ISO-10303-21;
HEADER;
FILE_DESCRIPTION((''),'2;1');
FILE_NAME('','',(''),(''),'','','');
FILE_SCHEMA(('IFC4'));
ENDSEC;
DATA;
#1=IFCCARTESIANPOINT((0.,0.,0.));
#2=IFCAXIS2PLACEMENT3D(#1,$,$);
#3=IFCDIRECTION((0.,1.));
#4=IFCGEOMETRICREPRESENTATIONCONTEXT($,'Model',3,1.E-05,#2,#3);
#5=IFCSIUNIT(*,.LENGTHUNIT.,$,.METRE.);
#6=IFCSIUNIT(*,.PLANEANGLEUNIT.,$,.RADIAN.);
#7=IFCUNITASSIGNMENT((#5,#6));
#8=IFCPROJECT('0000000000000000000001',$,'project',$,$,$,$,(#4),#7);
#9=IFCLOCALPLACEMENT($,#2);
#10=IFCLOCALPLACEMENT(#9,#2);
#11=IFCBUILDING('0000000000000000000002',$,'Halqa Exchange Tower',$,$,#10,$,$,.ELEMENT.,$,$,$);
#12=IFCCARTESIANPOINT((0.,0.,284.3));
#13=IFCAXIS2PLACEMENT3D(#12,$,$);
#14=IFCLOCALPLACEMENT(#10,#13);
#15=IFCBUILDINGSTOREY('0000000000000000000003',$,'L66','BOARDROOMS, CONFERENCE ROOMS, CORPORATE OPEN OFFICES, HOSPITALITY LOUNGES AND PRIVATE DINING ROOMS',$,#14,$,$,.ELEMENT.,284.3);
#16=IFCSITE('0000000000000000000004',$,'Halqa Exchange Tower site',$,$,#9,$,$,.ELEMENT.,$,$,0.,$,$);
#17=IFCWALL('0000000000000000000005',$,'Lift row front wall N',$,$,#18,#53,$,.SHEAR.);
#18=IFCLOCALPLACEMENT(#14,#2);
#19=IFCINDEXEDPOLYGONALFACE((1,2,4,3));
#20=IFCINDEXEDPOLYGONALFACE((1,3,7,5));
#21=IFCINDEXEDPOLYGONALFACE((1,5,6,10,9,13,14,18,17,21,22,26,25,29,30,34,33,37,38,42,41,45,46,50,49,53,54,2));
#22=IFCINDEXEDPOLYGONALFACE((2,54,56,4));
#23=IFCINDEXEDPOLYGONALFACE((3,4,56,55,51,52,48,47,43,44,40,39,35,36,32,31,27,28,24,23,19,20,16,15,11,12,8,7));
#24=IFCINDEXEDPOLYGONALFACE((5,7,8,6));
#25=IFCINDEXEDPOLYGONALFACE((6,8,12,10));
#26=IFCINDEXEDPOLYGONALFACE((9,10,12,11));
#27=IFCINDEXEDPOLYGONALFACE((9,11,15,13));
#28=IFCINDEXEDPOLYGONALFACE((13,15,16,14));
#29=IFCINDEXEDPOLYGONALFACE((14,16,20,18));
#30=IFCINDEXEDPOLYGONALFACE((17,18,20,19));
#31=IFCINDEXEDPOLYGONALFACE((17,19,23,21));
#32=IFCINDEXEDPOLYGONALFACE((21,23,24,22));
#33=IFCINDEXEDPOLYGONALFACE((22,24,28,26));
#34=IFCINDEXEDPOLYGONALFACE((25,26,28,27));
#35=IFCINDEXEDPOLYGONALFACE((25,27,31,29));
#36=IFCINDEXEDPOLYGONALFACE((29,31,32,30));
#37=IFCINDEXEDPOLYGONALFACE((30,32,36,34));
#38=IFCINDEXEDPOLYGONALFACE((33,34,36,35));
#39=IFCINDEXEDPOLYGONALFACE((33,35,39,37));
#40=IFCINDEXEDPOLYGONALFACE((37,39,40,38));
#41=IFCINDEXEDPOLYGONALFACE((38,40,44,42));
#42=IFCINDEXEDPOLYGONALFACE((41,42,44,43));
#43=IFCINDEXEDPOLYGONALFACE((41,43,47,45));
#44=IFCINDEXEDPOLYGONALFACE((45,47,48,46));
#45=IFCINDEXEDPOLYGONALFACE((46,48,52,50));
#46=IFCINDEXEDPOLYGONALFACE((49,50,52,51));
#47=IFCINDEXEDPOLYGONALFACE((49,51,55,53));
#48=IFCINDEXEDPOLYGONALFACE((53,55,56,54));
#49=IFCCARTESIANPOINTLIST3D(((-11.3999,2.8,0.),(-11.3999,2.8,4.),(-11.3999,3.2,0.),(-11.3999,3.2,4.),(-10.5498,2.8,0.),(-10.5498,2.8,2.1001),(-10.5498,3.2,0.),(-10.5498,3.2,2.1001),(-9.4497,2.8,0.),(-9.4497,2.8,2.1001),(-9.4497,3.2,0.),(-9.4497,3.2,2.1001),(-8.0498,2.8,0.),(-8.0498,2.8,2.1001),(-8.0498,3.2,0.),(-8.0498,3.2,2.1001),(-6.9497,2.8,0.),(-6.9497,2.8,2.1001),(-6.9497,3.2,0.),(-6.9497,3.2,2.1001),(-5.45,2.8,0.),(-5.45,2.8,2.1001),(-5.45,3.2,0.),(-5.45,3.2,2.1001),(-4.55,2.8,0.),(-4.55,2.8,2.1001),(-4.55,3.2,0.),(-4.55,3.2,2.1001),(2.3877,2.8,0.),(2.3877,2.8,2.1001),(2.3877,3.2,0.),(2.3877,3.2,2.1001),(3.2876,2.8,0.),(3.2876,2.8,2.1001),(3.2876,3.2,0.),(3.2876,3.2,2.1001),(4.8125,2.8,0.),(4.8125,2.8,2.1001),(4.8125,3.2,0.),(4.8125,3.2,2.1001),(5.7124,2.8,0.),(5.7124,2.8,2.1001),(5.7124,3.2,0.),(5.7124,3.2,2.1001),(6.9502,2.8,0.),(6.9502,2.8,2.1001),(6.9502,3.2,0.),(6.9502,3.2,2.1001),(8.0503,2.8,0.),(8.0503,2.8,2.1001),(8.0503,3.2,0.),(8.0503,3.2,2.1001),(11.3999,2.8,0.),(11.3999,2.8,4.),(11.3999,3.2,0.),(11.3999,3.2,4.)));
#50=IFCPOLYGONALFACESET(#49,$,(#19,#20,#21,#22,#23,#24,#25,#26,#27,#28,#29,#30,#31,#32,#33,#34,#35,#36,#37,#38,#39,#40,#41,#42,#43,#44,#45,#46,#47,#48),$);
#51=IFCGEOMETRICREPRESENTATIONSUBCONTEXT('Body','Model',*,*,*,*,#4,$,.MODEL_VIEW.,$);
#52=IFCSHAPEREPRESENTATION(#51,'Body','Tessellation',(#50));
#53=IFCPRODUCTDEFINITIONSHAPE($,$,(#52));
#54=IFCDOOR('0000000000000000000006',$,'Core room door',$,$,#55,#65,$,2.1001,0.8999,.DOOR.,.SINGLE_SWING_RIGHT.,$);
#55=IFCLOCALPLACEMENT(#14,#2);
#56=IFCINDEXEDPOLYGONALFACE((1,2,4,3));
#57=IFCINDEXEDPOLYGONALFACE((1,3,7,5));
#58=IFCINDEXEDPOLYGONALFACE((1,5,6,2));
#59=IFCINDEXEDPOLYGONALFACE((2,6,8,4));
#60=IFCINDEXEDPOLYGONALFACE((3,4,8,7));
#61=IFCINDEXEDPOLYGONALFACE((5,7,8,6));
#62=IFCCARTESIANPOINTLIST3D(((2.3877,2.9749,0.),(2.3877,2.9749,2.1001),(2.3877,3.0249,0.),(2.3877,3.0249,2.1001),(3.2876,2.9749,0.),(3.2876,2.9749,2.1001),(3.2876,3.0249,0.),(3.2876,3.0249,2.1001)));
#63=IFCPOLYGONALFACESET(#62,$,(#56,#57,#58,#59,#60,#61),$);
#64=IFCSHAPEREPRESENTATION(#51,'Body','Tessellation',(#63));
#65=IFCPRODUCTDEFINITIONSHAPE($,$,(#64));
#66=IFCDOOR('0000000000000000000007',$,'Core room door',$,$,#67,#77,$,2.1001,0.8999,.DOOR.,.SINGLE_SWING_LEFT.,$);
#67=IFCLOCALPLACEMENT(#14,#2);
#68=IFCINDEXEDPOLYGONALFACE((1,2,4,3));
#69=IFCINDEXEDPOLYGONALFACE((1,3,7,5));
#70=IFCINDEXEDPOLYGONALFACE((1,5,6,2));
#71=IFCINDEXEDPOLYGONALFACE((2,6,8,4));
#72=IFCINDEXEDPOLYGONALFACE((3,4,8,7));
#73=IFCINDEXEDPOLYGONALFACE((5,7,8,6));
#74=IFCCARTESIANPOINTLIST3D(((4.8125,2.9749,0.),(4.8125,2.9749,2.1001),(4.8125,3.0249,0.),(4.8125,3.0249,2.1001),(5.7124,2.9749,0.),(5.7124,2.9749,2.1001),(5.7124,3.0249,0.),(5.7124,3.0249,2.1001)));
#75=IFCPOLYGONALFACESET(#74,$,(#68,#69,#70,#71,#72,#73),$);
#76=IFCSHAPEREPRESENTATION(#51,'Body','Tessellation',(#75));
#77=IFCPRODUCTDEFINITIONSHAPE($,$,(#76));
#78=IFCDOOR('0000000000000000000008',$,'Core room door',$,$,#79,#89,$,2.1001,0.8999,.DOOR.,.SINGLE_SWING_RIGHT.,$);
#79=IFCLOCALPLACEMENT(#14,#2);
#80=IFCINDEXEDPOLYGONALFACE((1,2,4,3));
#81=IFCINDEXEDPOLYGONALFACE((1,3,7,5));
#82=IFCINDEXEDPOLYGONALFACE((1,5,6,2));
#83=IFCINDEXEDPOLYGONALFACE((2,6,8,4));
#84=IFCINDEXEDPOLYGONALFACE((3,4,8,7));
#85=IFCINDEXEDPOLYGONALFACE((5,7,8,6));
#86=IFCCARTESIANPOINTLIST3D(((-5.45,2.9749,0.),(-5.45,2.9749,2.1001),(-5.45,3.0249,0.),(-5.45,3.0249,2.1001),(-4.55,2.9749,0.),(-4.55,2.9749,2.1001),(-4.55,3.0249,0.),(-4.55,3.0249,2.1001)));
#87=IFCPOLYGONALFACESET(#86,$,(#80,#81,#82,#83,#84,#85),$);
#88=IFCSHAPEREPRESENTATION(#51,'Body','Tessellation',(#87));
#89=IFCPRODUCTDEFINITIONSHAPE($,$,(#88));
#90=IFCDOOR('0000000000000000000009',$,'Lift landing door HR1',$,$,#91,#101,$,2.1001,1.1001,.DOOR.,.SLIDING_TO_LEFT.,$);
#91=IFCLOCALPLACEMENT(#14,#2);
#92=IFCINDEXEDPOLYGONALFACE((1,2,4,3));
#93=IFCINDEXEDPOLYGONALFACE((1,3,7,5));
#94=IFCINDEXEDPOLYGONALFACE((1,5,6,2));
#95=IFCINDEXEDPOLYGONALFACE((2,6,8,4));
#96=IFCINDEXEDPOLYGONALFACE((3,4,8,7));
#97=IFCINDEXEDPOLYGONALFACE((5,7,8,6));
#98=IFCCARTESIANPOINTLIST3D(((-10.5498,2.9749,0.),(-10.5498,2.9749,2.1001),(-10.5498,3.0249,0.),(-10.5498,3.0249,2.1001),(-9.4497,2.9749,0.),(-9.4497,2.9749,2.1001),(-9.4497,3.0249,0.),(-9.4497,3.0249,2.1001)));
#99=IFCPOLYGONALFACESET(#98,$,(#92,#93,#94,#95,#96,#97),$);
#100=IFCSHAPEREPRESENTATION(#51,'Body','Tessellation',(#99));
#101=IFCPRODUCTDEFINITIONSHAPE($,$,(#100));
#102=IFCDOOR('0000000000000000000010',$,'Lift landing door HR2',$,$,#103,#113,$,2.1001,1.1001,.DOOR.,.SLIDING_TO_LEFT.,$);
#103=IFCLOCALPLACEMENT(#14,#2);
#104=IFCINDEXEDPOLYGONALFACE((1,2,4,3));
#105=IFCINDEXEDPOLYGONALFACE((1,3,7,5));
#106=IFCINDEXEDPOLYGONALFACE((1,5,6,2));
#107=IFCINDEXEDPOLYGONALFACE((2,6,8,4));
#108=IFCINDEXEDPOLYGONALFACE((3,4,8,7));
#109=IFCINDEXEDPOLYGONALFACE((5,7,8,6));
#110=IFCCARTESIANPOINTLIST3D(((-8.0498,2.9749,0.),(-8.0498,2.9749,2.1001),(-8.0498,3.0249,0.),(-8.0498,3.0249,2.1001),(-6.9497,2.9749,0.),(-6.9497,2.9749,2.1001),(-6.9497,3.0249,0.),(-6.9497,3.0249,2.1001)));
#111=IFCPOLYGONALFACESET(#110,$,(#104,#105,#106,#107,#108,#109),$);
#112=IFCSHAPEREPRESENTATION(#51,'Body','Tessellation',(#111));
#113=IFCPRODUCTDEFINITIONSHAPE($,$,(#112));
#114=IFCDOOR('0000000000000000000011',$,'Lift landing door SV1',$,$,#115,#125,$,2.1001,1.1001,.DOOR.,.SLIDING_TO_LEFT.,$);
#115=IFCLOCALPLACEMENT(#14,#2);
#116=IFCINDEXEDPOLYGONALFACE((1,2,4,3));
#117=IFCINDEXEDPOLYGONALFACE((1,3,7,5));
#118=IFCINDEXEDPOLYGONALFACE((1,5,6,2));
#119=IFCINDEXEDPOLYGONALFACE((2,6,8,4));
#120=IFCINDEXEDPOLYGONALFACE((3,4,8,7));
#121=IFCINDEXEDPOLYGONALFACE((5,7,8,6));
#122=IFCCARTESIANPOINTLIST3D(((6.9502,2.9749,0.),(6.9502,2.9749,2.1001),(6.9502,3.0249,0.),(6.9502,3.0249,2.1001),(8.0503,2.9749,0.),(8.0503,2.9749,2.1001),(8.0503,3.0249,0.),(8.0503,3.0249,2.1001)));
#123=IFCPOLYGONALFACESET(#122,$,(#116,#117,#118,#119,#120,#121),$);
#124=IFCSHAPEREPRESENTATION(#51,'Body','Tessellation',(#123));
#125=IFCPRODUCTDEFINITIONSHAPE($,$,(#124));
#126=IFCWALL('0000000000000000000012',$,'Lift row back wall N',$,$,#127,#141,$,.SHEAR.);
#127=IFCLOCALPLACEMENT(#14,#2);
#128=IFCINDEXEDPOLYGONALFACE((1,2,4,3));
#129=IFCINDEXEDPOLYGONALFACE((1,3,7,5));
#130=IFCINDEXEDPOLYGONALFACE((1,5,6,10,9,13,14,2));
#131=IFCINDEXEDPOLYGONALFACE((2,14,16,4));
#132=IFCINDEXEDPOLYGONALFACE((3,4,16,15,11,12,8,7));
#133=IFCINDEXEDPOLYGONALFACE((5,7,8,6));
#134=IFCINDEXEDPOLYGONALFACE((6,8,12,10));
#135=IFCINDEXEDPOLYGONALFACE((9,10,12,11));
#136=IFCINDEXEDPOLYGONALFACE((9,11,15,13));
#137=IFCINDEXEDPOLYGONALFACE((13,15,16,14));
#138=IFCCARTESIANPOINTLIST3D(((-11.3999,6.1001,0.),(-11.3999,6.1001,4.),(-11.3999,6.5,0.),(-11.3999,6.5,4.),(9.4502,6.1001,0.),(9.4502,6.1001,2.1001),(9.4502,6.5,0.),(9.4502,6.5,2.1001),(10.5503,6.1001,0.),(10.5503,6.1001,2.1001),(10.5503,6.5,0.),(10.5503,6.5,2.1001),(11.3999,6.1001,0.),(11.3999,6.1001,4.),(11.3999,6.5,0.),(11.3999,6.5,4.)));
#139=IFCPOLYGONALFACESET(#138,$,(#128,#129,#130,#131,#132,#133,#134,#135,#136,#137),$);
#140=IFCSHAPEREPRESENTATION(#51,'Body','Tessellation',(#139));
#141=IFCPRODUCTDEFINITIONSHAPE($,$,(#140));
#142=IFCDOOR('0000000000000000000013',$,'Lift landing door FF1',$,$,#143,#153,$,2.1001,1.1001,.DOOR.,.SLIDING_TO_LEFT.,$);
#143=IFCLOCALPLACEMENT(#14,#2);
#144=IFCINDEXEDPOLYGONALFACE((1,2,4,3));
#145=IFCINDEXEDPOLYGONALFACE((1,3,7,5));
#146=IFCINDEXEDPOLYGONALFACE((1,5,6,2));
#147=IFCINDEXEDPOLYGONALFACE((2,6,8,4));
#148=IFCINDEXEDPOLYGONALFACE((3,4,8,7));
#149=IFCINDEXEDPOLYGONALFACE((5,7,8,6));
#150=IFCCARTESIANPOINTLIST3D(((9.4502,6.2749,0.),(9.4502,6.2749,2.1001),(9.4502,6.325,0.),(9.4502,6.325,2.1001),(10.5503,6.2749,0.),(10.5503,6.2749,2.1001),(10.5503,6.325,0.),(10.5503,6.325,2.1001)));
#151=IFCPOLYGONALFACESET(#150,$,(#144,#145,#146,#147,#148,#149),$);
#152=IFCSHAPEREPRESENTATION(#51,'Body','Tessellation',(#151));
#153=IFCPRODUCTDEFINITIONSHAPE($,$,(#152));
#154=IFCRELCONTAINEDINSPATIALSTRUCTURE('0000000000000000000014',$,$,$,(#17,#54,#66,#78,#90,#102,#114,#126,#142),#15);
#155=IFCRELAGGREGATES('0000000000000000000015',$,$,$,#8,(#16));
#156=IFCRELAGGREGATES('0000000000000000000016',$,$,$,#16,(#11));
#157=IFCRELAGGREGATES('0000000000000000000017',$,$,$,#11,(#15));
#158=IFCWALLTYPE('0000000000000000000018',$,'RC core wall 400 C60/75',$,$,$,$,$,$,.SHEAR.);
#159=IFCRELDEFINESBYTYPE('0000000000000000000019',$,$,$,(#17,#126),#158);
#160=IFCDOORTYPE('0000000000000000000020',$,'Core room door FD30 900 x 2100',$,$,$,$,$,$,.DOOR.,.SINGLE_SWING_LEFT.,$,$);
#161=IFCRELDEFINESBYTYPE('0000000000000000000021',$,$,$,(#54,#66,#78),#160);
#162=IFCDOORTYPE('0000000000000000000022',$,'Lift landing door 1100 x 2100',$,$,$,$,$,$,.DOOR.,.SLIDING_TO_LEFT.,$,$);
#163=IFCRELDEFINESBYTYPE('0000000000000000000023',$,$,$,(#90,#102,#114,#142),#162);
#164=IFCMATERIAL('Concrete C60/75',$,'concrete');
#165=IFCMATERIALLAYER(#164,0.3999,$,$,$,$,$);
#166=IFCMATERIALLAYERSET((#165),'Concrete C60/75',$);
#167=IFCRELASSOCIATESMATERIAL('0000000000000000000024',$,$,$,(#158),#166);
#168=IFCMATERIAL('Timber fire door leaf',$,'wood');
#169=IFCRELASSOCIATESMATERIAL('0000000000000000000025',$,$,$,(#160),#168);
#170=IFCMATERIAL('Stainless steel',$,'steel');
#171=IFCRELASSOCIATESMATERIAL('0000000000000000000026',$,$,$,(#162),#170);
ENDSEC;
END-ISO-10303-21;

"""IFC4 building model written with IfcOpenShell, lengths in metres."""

from ifc_helpers import new_model, si_unit, direction, frame, frame_2d, origin, place, context, subcontext, project, spatial, rectangle, extrude, material, layer, layer_set, type_object, element, fill, save


model = new_model("IFC4")

# Units and contexts
model_context = context("Model", 3, precision=1e-05, world=origin(), true_north=direction((0.0, 1.0)))
body_context = subcontext(model_context, "Body", "Model", "MODEL_VIEW")
ifc_project = project(units=[si_unit("LENGTHUNIT", "METRE"), si_unit("PLANEANGLEUNIT", "RADIAN")], contexts=[model_context])

# Site, building, storey
site_placement = place(None, origin())
site = spatial("IfcSite", under=ifc_project, at=site_placement, Name="Halqa Exchange Tower site", CompositionType="ELEMENT", RefElevation=0.0)
building_placement = place(site_placement, origin())
building = spatial("IfcBuilding", under=site, at=building_placement, Name="Halqa Exchange Tower", CompositionType="ELEMENT")
storey_placement = place(building_placement, frame((0.0, 0.0, 284.3)))
storey = spatial("IfcBuildingStorey", under=building, at=storey_placement, Name="L66", Description="BOARDROOMS, CONFERENCE ROOMS, CORPORATE OPEN OFFICES, HOSPITALITY LOUNGES AND PRIVATE DINING ROOMS", CompositionType="ELEMENT", Elevation=284.3)

# Shared definitions
ifc_material_1 = material(Name="Concrete C60/75", Category="concrete")

# Wall, openings, doors
ifc_layer_1 = layer(ifc_material_1, 0.3999)
ifc_layer_set_1 = layer_set([ifc_layer_1], Name="Concrete C60/75")
wall_type_1 = type_object("IfcWallType", Name="RC core wall 400 C60/75", PredefinedType="SHEAR", material=ifc_layer_set_1)
wall_1_placement = place(storey_placement, frame((-11.3999, 3.0, 0.0), z_axis=(0.0, 0.0, 1.0), x_axis=(1.0, 0.0, 0.0)))
wall_1 = element("IfcWall", 1, at=wall_1_placement, inside=storey, type_object=wall_type_1, Name="Lift row front wall N", PredefinedType="SHEAR", context=body_context, shape_type="SweptSolid", body=[
    extrude(rectangle(XDim=22.7998, YDim=0.3999, at=frame_2d((11.3999, 0.0))), origin(), (0.0, 0.0, 1.0), 4.0),
])
opening_1_placement = place(wall_1_placement, frame((0.8501, 0.0, 0.0)))
opening_1 = element("IfcOpeningElement", 2, at=opening_1_placement, cuts=wall_1, PredefinedType="OPENING", context=body_context, shape_type="SweptSolid", body=[
    extrude(rectangle(XDim=1.1001, YDim=2.1001, at=frame_2d((0.55, 1.05))), frame((0.0, 0.2119, 0.0), z_axis=(0.0, -1.0, 0.0), x_axis=(1.0, 0.0, 0.0)), (0.0, 0.0, 1.0), 0.4238),
])
opening_2_placement = place(wall_1_placement, frame((3.3501, 0.0, 0.0)))
opening_2 = element("IfcOpeningElement", 3, at=opening_2_placement, cuts=wall_1, PredefinedType="OPENING", context=body_context, shape_type="SweptSolid", body=[
    extrude(rectangle(XDim=1.1001, YDim=2.1001, at=frame_2d((0.55, 1.05))), frame((0.0, 0.2119, 0.0), z_axis=(0.0, -1.0, 0.0), x_axis=(1.0, 0.0, 0.0)), (0.0, 0.0, 1.0), 0.4238),
])
opening_3_placement = place(wall_1_placement, frame((18.3501, 0.0, 0.0)))
opening_3 = element("IfcOpeningElement", 4, at=opening_3_placement, cuts=wall_1, PredefinedType="OPENING", context=body_context, shape_type="SweptSolid", body=[
    extrude(rectangle(XDim=1.1001, YDim=2.1001, at=frame_2d((0.55, 1.05))), frame((0.0, 0.2119, 0.0), z_axis=(0.0, -1.0, 0.0), x_axis=(1.0, 0.0, 0.0)), (0.0, 0.0, 1.0), 0.4238),
])
opening_4_placement = place(wall_1_placement, frame((13.7876, 0.0, 0.0)))
opening_4 = element("IfcOpeningElement", 5, at=opening_4_placement, cuts=wall_1, PredefinedType="OPENING", context=body_context, shape_type="SweptSolid", body=[
    extrude(rectangle(XDim=0.8999, YDim=2.1001, at=frame_2d((0.45, 1.05))), frame((0.0, 0.2119, 0.0), z_axis=(0.0, -1.0, 0.0), x_axis=(1.0, 0.0, 0.0)), (0.0, 0.0, 1.0), 0.4238),
])
opening_5_placement = place(wall_1_placement, frame((16.2124, 0.0, 0.0)))
opening_5 = element("IfcOpeningElement", 6, at=opening_5_placement, cuts=wall_1, PredefinedType="OPENING", context=body_context, shape_type="SweptSolid", body=[
    extrude(rectangle(XDim=0.8999, YDim=2.1001, at=frame_2d((0.45, 1.05))), frame((0.0, 0.2119, 0.0), z_axis=(0.0, -1.0, 0.0), x_axis=(1.0, 0.0, 0.0)), (0.0, 0.0, 1.0), 0.4238),
])
opening_6_placement = place(wall_1_placement, frame((5.95, 0.0, 0.0)))
opening_6 = element("IfcOpeningElement", 7, at=opening_6_placement, cuts=wall_1, PredefinedType="OPENING", context=body_context, shape_type="SweptSolid", body=[
    extrude(rectangle(XDim=0.8999, YDim=2.1001, at=frame_2d((0.45, 1.05))), frame((0.0, 0.2119, 0.0), z_axis=(0.0, -1.0, 0.0), x_axis=(1.0, 0.0, 0.0)), (0.0, 0.0, 1.0), 0.4238),
])
ifc_material_2 = material(Name="Timber fire door leaf", Category="wood")
door_type_1 = type_object("IfcDoorType", Name="Core room door FD30 900 x 2100", OperationType="SINGLE_SWING_LEFT", PredefinedType="DOOR", material=ifc_material_2)
door_1_placement = place(opening_4_placement, origin())
door_1 = element("IfcDoor", 8, at=door_1_placement, inside=storey, type_object=door_type_1, Name="Core room door", OperationType="SINGLE_SWING_RIGHT", OverallHeight=2.1001, OverallWidth=0.8999, PredefinedType="DOOR", context=body_context, shape_type="SweptSolid", body=[
    extrude(rectangle(XDim=0.8999, YDim=2.1001, at=frame_2d((0.45, 1.05))), frame((0.0, 0.0249, 0.0), z_axis=(0.0, -1.0, 0.0), x_axis=(1.0, 0.0, 0.0)), (0.0, 0.0, 1.0), 0.05),
])
fill(opening_4, door_1)
door_2_placement = place(opening_5_placement, origin())
door_2 = element("IfcDoor", 9, at=door_2_placement, inside=storey, type_object=door_type_1, Name="Core room door", OperationType="SINGLE_SWING_LEFT", OverallHeight=2.1001, OverallWidth=0.8999, PredefinedType="DOOR", context=body_context, shape_type="SweptSolid", body=[
    extrude(rectangle(XDim=0.8999, YDim=2.1001, at=frame_2d((0.45, 1.05))), frame((0.0, 0.0249, 0.0), z_axis=(0.0, -1.0, 0.0), x_axis=(1.0, 0.0, 0.0)), (0.0, 0.0, 1.0), 0.05),
])
fill(opening_5, door_2)
door_3_placement = place(opening_6_placement, origin())
door_3 = element("IfcDoor", 10, at=door_3_placement, inside=storey, type_object=door_type_1, Name="Core room door", OperationType="SINGLE_SWING_RIGHT", OverallHeight=2.1001, OverallWidth=0.8999, PredefinedType="DOOR", context=body_context, shape_type="SweptSolid", body=[
    extrude(rectangle(XDim=0.8999, YDim=2.1001, at=frame_2d((0.45, 1.05))), frame((0.0, 0.0249, 0.0), z_axis=(0.0, -1.0, 0.0), x_axis=(1.0, 0.0, 0.0)), (0.0, 0.0, 1.0), 0.05),
])
fill(opening_6, door_3)
ifc_material_3 = material(Name="Stainless steel", Category="steel")
door_type_2 = type_object("IfcDoorType", Name="Lift landing door 1100 x 2100", OperationType="SLIDING_TO_LEFT", PredefinedType="DOOR", material=ifc_material_3)
door_4_placement = place(opening_1_placement, origin())
door_4 = element("IfcDoor", 11, at=door_4_placement, inside=storey, type_object=door_type_2, Name="Lift landing door HR1", OperationType="SLIDING_TO_LEFT", OverallHeight=2.1001, OverallWidth=1.1001, PredefinedType="DOOR", context=body_context, shape_type="SweptSolid", body=[
    extrude(rectangle(XDim=1.1001, YDim=2.1001, at=frame_2d((0.55, 1.05))), frame((0.0, 0.0249, 0.0), z_axis=(0.0, -1.0, 0.0), x_axis=(1.0, 0.0, 0.0)), (0.0, 0.0, 1.0), 0.05),
])
fill(opening_1, door_4)
door_5_placement = place(opening_2_placement, origin())
door_5 = element("IfcDoor", 12, at=door_5_placement, inside=storey, type_object=door_type_2, Name="Lift landing door HR2", OperationType="SLIDING_TO_LEFT", OverallHeight=2.1001, OverallWidth=1.1001, PredefinedType="DOOR", context=body_context, shape_type="SweptSolid", body=[
    extrude(rectangle(XDim=1.1001, YDim=2.1001, at=frame_2d((0.55, 1.05))), frame((0.0, 0.0249, 0.0), z_axis=(0.0, -1.0, 0.0), x_axis=(1.0, 0.0, 0.0)), (0.0, 0.0, 1.0), 0.05),
])
fill(opening_2, door_5)
door_6_placement = place(opening_3_placement, origin())
door_6 = element("IfcDoor", 13, at=door_6_placement, inside=storey, type_object=door_type_2, Name="Lift landing door SV1", OperationType="SLIDING_TO_LEFT", OverallHeight=2.1001, OverallWidth=1.1001, PredefinedType="DOOR", context=body_context, shape_type="SweptSolid", body=[
    extrude(rectangle(XDim=1.1001, YDim=2.1001, at=frame_2d((0.55, 1.05))), frame((0.0, 0.0249, 0.0), z_axis=(0.0, -1.0, 0.0), x_axis=(1.0, 0.0, 0.0)), (0.0, 0.0, 1.0), 0.05),
])
fill(opening_3, door_6)

# Wall, opening, door
wall_2_placement = place(storey_placement, frame((-11.3999, 6.3, 0.0), z_axis=(0.0, 0.0, 1.0), x_axis=(1.0, 0.0, 0.0)))
wall_2 = element("IfcWall", 14, at=wall_2_placement, inside=storey, type_object=wall_type_1, Name="Lift row back wall N", PredefinedType="SHEAR", context=body_context, shape_type="SweptSolid", body=[
    extrude(rectangle(XDim=22.7998, YDim=0.3999, at=frame_2d((11.3999, 0.0))), origin(), (0.0, 0.0, 1.0), 4.0),
])
opening_7_placement = place(wall_2_placement, frame((20.8501, 0.0, 0.0)))
opening_7 = element("IfcOpeningElement", 15, at=opening_7_placement, cuts=wall_2, PredefinedType="OPENING", context=body_context, shape_type="SweptSolid", body=[
    extrude(rectangle(XDim=1.1001, YDim=2.1001, at=frame_2d((0.55, 1.05))), frame((0.0, 0.2119, 0.0), z_axis=(0.0, -1.0, 0.0), x_axis=(1.0, 0.0, 0.0)), (0.0, 0.0, 1.0), 0.4238),
])
door_7_placement = place(opening_7_placement, origin())
door_7 = element("IfcDoor", 16, at=door_7_placement, inside=storey, type_object=door_type_2, Name="Lift landing door FF1", OperationType="SLIDING_TO_LEFT", OverallHeight=2.1001, OverallWidth=1.1001, PredefinedType="DOOR", context=body_context, shape_type="SweptSolid", body=[
    extrude(rectangle(XDim=1.1001, YDim=2.1001, at=frame_2d((0.55, 1.05))), frame((0.0, 0.0249, 0.0), z_axis=(0.0, -1.0, 0.0), x_axis=(1.0, 0.0, 0.0)), (0.0, 0.0, 1.0), 0.05),
])
fill(opening_7, door_7)

save(model, "model.ifc")
